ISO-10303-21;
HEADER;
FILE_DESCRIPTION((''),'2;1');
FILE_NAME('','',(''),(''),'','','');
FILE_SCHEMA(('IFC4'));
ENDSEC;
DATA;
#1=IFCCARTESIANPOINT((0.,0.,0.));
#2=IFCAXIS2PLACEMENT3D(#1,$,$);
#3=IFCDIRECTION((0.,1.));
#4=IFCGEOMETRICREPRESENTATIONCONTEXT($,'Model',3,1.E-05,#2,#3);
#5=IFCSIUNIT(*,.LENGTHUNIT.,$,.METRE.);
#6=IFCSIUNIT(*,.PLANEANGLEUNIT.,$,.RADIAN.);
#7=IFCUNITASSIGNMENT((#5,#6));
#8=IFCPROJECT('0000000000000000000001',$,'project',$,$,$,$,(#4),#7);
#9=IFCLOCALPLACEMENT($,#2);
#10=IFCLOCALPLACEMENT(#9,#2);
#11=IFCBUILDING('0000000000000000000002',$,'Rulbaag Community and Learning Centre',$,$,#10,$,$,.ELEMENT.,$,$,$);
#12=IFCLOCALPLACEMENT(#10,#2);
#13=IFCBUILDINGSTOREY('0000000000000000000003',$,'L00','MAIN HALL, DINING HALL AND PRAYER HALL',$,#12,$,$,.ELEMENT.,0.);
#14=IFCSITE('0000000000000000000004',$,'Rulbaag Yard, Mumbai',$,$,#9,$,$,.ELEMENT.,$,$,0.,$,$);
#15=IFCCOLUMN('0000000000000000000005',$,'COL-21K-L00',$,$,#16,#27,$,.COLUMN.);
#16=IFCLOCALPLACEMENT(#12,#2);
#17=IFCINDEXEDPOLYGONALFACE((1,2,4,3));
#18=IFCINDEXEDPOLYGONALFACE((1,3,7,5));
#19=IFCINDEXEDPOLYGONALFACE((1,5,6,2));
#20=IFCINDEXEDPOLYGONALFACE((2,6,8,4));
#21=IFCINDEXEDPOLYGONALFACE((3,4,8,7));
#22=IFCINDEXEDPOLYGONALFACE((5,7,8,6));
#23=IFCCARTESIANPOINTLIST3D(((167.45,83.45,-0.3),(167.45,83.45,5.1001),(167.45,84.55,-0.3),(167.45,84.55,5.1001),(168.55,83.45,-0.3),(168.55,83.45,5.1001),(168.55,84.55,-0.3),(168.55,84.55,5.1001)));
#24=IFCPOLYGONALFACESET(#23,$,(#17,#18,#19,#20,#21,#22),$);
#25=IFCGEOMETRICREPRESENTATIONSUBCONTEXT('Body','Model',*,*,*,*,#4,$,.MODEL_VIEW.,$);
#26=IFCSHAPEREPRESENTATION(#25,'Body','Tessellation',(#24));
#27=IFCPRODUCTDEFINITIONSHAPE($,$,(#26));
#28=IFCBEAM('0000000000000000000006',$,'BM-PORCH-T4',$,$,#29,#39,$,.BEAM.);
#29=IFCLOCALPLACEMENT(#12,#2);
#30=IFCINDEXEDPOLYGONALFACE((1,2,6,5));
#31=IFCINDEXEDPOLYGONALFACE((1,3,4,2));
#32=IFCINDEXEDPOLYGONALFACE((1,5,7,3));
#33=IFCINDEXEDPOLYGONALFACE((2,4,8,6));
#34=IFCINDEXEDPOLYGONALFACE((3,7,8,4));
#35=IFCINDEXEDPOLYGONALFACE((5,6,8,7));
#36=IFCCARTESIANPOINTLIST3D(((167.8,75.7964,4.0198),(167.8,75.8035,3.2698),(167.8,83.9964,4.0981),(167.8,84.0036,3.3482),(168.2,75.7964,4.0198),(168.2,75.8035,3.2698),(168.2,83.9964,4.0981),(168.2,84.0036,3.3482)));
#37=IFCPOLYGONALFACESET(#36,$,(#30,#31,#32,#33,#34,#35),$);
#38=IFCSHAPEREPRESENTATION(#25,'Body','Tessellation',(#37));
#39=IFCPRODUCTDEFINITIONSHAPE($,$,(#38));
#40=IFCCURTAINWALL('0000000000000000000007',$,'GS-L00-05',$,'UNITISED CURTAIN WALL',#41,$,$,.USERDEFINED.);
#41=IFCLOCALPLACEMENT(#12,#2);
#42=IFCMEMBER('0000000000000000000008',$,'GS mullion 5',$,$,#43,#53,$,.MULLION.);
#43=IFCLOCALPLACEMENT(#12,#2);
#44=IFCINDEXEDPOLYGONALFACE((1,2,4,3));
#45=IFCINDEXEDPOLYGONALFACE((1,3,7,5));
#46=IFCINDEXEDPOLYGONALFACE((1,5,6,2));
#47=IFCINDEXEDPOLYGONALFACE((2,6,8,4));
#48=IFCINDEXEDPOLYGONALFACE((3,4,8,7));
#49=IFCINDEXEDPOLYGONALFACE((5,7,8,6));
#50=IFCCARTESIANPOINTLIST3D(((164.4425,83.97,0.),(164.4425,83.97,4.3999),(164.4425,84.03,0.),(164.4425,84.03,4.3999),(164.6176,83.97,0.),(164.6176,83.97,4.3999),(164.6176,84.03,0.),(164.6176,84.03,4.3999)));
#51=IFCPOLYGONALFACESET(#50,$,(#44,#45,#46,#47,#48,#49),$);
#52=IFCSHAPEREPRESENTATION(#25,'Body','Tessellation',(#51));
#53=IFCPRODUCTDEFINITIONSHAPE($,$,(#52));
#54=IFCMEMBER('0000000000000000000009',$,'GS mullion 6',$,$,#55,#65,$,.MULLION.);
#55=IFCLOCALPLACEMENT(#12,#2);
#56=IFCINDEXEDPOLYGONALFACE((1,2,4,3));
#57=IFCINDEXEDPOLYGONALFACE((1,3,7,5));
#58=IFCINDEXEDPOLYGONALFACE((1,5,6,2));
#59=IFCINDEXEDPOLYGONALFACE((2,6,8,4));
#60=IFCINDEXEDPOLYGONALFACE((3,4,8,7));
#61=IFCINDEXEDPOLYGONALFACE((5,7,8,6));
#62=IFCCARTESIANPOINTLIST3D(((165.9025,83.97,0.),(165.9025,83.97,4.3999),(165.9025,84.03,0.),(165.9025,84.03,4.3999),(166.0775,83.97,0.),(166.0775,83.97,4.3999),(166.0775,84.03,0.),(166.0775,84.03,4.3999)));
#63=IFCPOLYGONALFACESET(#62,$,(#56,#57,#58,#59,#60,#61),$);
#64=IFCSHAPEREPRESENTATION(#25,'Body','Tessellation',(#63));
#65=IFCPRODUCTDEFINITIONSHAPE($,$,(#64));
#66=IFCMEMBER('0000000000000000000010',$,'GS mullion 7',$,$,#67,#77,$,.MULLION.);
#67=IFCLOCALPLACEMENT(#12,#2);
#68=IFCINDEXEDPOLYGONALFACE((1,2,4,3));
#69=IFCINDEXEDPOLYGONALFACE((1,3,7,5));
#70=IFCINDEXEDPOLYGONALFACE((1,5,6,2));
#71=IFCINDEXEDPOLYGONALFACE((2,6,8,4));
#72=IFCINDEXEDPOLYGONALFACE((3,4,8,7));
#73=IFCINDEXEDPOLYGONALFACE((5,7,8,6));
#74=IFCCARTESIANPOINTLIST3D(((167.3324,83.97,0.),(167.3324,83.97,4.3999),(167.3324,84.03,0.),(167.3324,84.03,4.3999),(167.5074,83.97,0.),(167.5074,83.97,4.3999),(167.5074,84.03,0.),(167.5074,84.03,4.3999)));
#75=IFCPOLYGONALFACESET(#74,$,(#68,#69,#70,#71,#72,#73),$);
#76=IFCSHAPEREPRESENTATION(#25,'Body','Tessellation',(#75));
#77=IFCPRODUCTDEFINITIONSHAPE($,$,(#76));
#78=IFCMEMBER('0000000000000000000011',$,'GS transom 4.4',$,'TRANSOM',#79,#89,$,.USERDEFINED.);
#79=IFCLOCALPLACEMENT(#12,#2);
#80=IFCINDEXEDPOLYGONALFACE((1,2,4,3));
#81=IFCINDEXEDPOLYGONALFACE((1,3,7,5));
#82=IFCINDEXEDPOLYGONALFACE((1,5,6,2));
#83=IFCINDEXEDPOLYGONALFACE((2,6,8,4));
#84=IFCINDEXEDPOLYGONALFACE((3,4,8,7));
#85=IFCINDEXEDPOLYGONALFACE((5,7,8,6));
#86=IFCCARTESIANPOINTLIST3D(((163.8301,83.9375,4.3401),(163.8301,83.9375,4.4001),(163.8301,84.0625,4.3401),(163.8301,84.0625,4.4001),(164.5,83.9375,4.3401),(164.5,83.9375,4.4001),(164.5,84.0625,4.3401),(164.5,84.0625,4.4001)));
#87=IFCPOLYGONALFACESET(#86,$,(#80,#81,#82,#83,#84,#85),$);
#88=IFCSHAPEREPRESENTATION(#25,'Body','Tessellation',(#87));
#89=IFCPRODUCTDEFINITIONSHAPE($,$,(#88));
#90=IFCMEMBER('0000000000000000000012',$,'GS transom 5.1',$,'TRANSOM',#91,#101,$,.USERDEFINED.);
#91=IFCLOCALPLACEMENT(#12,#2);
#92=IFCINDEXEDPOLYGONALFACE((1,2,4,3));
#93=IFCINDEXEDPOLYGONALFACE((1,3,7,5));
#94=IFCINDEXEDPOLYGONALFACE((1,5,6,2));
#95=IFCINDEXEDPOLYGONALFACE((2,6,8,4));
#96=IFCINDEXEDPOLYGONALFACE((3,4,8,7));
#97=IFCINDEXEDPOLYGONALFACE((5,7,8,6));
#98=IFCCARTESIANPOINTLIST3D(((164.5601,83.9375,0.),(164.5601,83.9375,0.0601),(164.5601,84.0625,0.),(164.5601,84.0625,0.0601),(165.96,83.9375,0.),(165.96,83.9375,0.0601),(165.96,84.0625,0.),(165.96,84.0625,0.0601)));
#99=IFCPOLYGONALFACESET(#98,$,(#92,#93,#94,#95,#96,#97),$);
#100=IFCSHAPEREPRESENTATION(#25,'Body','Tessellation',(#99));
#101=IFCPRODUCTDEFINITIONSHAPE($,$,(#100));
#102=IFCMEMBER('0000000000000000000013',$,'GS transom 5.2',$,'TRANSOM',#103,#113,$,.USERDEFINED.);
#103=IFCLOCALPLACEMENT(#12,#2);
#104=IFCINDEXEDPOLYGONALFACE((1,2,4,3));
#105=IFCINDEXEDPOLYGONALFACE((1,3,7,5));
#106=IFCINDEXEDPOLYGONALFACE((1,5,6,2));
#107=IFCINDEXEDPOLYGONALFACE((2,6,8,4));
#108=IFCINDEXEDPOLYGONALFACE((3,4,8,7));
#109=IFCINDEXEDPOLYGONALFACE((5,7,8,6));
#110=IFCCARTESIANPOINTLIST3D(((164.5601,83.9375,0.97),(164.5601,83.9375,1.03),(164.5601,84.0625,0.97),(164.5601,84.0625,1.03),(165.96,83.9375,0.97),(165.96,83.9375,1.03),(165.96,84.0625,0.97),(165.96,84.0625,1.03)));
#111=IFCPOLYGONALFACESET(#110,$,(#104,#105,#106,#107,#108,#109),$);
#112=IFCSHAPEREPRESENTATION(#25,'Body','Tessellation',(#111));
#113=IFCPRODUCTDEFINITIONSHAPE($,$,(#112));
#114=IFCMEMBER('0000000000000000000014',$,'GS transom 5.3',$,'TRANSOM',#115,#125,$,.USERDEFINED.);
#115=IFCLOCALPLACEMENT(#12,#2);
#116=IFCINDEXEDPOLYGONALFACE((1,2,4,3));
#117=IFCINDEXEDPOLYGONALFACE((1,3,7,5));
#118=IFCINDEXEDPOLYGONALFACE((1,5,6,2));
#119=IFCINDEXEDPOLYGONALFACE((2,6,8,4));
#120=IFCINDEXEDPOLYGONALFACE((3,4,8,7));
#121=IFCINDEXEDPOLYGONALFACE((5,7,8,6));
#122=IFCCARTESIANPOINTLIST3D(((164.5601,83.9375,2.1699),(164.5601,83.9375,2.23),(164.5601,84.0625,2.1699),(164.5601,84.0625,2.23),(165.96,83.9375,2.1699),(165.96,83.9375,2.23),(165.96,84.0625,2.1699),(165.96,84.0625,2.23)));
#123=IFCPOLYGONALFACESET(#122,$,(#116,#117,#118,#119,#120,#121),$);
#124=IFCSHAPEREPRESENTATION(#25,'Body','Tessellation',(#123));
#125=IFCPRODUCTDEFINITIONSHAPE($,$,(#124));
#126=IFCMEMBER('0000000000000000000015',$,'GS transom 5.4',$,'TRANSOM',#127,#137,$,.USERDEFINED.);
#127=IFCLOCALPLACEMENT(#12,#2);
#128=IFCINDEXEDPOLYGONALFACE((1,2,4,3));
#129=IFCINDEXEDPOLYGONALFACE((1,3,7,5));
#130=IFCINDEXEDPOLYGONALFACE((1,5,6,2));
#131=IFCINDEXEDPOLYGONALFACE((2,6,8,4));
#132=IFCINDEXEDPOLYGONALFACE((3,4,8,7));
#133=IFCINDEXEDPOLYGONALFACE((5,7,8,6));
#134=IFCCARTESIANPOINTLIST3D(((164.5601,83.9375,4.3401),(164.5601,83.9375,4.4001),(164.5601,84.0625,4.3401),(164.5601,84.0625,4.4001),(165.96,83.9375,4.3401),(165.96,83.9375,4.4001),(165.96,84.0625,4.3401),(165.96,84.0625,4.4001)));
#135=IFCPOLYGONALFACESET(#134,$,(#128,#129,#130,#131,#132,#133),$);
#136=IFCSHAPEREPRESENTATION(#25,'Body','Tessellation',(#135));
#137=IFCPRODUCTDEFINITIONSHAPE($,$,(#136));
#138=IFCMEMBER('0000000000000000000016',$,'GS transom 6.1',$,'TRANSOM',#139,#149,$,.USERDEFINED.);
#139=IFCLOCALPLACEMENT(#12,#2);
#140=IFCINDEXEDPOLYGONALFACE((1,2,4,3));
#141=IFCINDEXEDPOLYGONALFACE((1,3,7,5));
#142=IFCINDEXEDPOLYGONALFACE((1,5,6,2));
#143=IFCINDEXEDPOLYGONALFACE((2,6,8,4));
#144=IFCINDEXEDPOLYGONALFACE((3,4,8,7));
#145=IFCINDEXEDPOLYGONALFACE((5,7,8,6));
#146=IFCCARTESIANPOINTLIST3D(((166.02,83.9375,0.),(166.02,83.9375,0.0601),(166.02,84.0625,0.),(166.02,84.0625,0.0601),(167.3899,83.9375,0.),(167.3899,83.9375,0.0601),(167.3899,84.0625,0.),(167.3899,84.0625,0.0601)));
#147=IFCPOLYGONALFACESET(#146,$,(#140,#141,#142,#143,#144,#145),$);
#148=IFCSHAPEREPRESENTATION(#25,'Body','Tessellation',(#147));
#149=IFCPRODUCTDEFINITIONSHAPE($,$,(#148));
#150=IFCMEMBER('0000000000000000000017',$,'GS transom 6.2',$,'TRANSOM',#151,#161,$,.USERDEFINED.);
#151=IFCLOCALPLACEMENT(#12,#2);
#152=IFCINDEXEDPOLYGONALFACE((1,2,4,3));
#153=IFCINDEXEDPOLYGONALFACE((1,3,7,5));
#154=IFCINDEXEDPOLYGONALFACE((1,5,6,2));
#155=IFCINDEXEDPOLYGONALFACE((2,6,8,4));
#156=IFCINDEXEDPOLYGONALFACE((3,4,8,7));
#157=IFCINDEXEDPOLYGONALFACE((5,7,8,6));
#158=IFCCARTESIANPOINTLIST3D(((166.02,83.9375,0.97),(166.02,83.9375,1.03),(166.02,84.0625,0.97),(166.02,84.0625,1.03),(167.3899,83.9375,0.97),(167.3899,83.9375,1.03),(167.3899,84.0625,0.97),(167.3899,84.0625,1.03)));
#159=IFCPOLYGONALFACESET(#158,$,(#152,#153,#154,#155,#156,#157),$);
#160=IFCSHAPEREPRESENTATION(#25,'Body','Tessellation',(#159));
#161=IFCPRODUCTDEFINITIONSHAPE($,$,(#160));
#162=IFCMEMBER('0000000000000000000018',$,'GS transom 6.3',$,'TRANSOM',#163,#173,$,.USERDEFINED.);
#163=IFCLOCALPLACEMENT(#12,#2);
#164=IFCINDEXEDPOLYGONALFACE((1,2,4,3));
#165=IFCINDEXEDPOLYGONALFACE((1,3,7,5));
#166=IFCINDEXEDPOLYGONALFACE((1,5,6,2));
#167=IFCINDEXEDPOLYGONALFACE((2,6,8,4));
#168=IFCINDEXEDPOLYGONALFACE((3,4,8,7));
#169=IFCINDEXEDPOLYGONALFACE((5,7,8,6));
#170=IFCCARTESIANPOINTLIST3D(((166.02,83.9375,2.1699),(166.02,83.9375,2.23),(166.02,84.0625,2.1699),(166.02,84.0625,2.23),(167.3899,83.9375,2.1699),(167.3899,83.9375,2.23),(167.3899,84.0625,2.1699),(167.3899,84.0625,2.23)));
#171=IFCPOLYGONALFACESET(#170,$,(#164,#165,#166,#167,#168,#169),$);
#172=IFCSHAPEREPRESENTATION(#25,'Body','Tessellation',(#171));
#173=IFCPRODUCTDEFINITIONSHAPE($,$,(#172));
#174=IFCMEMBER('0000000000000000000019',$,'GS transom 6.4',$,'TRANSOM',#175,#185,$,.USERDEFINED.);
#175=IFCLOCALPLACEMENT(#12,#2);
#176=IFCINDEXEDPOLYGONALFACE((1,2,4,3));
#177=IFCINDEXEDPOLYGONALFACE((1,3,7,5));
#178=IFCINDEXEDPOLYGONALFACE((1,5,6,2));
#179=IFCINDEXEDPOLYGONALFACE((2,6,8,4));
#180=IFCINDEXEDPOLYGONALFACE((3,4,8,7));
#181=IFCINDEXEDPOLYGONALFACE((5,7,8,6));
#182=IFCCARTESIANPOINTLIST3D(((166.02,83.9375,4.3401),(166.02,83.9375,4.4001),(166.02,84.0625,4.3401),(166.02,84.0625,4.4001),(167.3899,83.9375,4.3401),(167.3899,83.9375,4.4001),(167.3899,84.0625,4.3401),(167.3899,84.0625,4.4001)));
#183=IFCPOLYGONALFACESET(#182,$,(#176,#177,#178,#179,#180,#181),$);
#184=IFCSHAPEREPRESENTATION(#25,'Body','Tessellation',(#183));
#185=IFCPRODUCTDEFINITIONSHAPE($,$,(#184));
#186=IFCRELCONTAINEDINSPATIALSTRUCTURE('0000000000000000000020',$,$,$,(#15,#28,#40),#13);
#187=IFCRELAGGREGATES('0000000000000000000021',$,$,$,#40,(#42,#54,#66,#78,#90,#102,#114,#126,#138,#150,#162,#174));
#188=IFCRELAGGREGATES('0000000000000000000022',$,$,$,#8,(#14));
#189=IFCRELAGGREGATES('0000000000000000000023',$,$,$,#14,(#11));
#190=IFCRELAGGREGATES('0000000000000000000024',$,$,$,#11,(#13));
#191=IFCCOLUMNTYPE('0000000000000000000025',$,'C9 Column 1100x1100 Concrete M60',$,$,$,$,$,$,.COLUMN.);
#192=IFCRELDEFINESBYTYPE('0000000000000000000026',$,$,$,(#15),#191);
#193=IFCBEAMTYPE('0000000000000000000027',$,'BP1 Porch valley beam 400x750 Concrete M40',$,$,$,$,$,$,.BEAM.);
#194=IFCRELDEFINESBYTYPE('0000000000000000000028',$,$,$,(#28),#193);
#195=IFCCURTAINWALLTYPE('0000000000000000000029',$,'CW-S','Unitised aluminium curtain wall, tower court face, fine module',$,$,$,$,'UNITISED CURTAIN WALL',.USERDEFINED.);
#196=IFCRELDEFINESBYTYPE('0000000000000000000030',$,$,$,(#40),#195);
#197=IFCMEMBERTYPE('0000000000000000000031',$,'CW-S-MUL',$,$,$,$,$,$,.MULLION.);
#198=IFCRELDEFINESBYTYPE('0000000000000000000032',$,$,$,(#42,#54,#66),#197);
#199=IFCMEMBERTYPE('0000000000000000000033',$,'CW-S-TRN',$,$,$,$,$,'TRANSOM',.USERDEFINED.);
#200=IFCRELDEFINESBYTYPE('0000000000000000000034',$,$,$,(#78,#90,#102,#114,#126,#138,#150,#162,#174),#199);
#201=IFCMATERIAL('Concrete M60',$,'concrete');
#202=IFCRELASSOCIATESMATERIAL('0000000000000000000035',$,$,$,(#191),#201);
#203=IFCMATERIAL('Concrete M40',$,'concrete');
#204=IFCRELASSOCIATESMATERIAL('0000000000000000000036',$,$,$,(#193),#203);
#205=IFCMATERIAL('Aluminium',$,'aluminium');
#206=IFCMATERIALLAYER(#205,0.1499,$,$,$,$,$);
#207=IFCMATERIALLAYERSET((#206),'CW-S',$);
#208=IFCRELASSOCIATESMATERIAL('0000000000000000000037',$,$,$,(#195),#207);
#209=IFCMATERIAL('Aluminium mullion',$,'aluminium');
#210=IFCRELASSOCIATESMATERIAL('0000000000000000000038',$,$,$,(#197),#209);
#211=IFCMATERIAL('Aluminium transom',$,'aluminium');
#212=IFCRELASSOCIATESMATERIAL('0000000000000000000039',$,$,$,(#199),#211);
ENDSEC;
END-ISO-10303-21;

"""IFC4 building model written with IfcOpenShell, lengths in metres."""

from ifc_helpers import new_model, si_unit, direction, frame, origin, origin_2d, place, context, subcontext, project, spatial, rectangle, extrude, material, layer, layer_set, material_profile, profile_set, type_object, element, aggregate, save


model = new_model("IFC4")

# Units and contexts
model_context = context("Model", 3, precision=1e-05, world=origin(), true_north=direction((0.0, 1.0)))
body_context = subcontext(model_context, "Body", "Model", "MODEL_VIEW")
ifc_project = project(units=[si_unit("LENGTHUNIT", "METRE"), si_unit("PLANEANGLEUNIT", "RADIAN")], contexts=[model_context])

# Site, building, storey
site_placement = place(None, origin())
site = spatial("IfcSite", under=ifc_project, at=site_placement, Name="Rulbaag Yard, Mumbai", CompositionType="ELEMENT", RefElevation=0.0)
building_placement = place(site_placement, origin())
building = spatial("IfcBuilding", under=site, at=building_placement, Name="Rulbaag Community and Learning Centre", CompositionType="ELEMENT")
storey_placement = place(building_placement, origin())
storey = spatial("IfcBuildingStorey", under=building, at=storey_placement, Name="L00", Description="MAIN HALL, DINING HALL AND PRAYER HALL", CompositionType="ELEMENT", Elevation=0.0)

# Column
ifc_material_1 = material(Name="Concrete M60", Category="concrete")
ifc_material_profile_1 = material_profile(ifc_material_1, rectangle(XDim=1.1001, YDim=1.1001, at=origin_2d()), Name="RC1100x1100")
ifc_profile_set_1 = profile_set([ifc_material_profile_1], Name="Concrete M60")
column_type = type_object("IfcColumnType", Name="C9 Column 1100x1100 Concrete M60", PredefinedType="COLUMN", material=ifc_profile_set_1)
column_placement = place(storey_placement, frame((168.0, 84.0, -0.3), z_axis=(0.0, 0.0, 1.0), x_axis=(1.0, 0.0, 0.0)))
element("IfcColumn", 1, at=column_placement, inside=storey, type_object=column_type, Name="COL-21K-L00", PredefinedType="COLUMN", context=body_context, shape_type="SweptSolid", body=[
    extrude(rectangle(XDim=1.1001, YDim=1.1001, at=origin_2d()), origin(), (0.0, 0.0, 1.0), 5.4001),
])

# Beam
ifc_material_2 = material(Name="Concrete M40", Category="concrete")
ifc_material_profile_2 = material_profile(ifc_material_2, rectangle(XDim=0.3999, YDim=0.75, at=origin_2d()), Name="RB400x750")
ifc_profile_set_2 = profile_set([ifc_material_profile_2], Name="Concrete M40")
beam_type = type_object("IfcBeamType", Name="BP1 Porch valley beam 400x750 Concrete M40", PredefinedType="BEAM", material=ifc_profile_set_2)
beam_placement = place(storey_placement, frame((168.0, 84.0, 3.7231), z_axis=(0.0, -0.999954, -0.009557), x_axis=(1.0, 0.0, 0.0)))
element("IfcBeam", 2, at=beam_placement, inside=storey, type_object=beam_type, Name="BM-PORCH-T4", PredefinedType="BEAM", context=body_context, shape_type="SweptSolid", body=[
    extrude(rectangle(XDim=0.3999, YDim=0.75, at=origin_2d()), origin(), (0.0, 0.0, 1.0), 8.2004),
])

# Curtain wall, members
ifc_material_3 = material(Name="Aluminium", Category="aluminium")
ifc_layer_1 = layer(ifc_material_3, 0.1499)
ifc_layer_set_1 = layer_set([ifc_layer_1], Name="CW-S")
curtain_wall_type_1 = type_object("IfcCurtainWallType", Name="CW-S", Description="Unitised aluminium curtain wall, tower court face, fine module", ElementType="UNITISED CURTAIN WALL", PredefinedType="USERDEFINED", material=ifc_layer_set_1)
curtain_wall_1_placement = place(storey_placement, origin())
curtain_wall_1 = element("IfcCurtainWall", 3, at=curtain_wall_1_placement, inside=storey, type_object=curtain_wall_type_1, Name="GS-L00-05", ObjectType="UNITISED CURTAIN WALL", PredefinedType="USERDEFINED")
ifc_material_4 = material(Name="Aluminium mullion", Category="aluminium")
ifc_material_profile_3 = material_profile(ifc_material_4, rectangle(XDim=0.0601, YDim=0.175, at=origin_2d()), Name="AL 60x175")
ifc_profile_set_3 = profile_set([ifc_material_profile_3], Name="Aluminium mullion")
member_type_1 = type_object("IfcMemberType", Name="CW-S-MUL", PredefinedType="MULLION", material=ifc_profile_set_3)
member_1_placement = place(storey_placement, frame((164.53, 84.0, 0.0), z_axis=(0.0, 0.0, 1.0), x_axis=(0.0, 1.0, 0.0)))
member_1 = element("IfcMember", 4, at=member_1_placement, type_object=member_type_1, Name="GS mullion 5", PredefinedType="MULLION", context=body_context, shape_type="SweptSolid", body=[
    extrude(rectangle(XDim=0.0601, YDim=0.175, at=origin_2d()), origin(), (0.0, 0.0, 1.0), 4.3999),
])
member_2_placement = place(storey_placement, frame((165.99, 84.0, 0.0), z_axis=(0.0, 0.0, 1.0), x_axis=(0.0, 1.0, 0.0)))
member_2 = element("IfcMember", 5, at=member_2_placement, type_object=member_type_1, Name="GS mullion 6", PredefinedType="MULLION", context=body_context, shape_type="SweptSolid", body=[
    extrude(rectangle(XDim=0.0601, YDim=0.175, at=origin_2d()), origin(), (0.0, 0.0, 1.0), 4.3999),
])
member_3_placement = place(storey_placement, frame((167.4199, 84.0, 0.0), z_axis=(0.0, 0.0, 1.0), x_axis=(0.0, 1.0, 0.0)))
member_3 = element("IfcMember", 6, at=member_3_placement, type_object=member_type_1, Name="GS mullion 7", PredefinedType="MULLION", context=body_context, shape_type="SweptSolid", body=[
    extrude(rectangle(XDim=0.0601, YDim=0.175, at=origin_2d()), origin(), (0.0, 0.0, 1.0), 4.3999),
])
ifc_material_5 = material(Name="Aluminium transom", Category="aluminium")
ifc_material_profile_4 = material_profile(ifc_material_5, rectangle(XDim=0.125, YDim=0.0601, at=origin_2d()), Name="AL 60x125 T")
ifc_profile_set_4 = profile_set([ifc_material_profile_4], Name="Aluminium transom")
member_type_2 = type_object("IfcMemberType", Name="CW-S-TRN", ElementType="TRANSOM", PredefinedType="USERDEFINED", material=ifc_profile_set_4)
member_4_placement = place(storey_placement, frame((163.8301, 84.0, 4.3701), z_axis=(1.0, 0.0, 0.0), x_axis=(0.0, 1.0, 0.0)))
member_4 = element("IfcMember", 7, at=member_4_placement, type_object=member_type_2, Name="GS transom 4.4", ObjectType="TRANSOM", PredefinedType="USERDEFINED", context=body_context, shape_type="SweptSolid", body=[
    extrude(rectangle(XDim=0.125, YDim=0.0601, at=origin_2d()), origin(), (0.0, 0.0, 1.0), 0.6699),
])
member_5_placement = place(storey_placement, frame((164.5601, 84.0, 0.03), z_axis=(1.0, 0.0, 0.0), x_axis=(0.0, 1.0, 0.0)))
member_5 = element("IfcMember", 8, at=member_5_placement, type_object=member_type_2, Name="GS transom 5.1", ObjectType="TRANSOM", PredefinedType="USERDEFINED", context=body_context, shape_type="SweptSolid", body=[
    extrude(rectangle(XDim=0.125, YDim=0.0601, at=origin_2d()), origin(), (0.0, 0.0, 1.0), 1.3999),
])
member_6_placement = place(storey_placement, frame((164.5601, 84.0, 1.0), z_axis=(1.0, 0.0, 0.0), x_axis=(0.0, 1.0, 0.0)))
member_6 = element("IfcMember", 9, at=member_6_placement, type_object=member_type_2, Name="GS transom 5.2", ObjectType="TRANSOM", PredefinedType="USERDEFINED", context=body_context, shape_type="SweptSolid", body=[
    extrude(rectangle(XDim=0.125, YDim=0.0601, at=origin_2d()), origin(), (0.0, 0.0, 1.0), 1.3999),
])
member_7_placement = place(storey_placement, frame((164.5601, 84.0, 2.2), z_axis=(1.0, 0.0, 0.0), x_axis=(0.0, 1.0, 0.0)))
member_7 = element("IfcMember", 10, at=member_7_placement, type_object=member_type_2, Name="GS transom 5.3", ObjectType="TRANSOM", PredefinedType="USERDEFINED", context=body_context, shape_type="SweptSolid", body=[
    extrude(rectangle(XDim=0.125, YDim=0.0601, at=origin_2d()), origin(), (0.0, 0.0, 1.0), 1.3999),
])
member_8_placement = place(storey_placement, frame((164.5601, 84.0, 4.3701), z_axis=(1.0, 0.0, 0.0), x_axis=(0.0, 1.0, 0.0)))
member_8 = element("IfcMember", 11, at=member_8_placement, type_object=member_type_2, Name="GS transom 5.4", ObjectType="TRANSOM", PredefinedType="USERDEFINED", context=body_context, shape_type="SweptSolid", body=[
    extrude(rectangle(XDim=0.125, YDim=0.0601, at=origin_2d()), origin(), (0.0, 0.0, 1.0), 1.3999),
])
member_9_placement = place(storey_placement, frame((166.02, 84.0, 0.03), z_axis=(1.0, 0.0, 0.0), x_axis=(0.0, 1.0, 0.0)))
member_9 = element("IfcMember", 12, at=member_9_placement, type_object=member_type_2, Name="GS transom 6.1", ObjectType="TRANSOM", PredefinedType="USERDEFINED", context=body_context, shape_type="SweptSolid", body=[
    extrude(rectangle(XDim=0.125, YDim=0.0601, at=origin_2d()), origin(), (0.0, 0.0, 1.0), 1.3699),
])
member_10_placement = place(storey_placement, frame((166.02, 84.0, 1.0), z_axis=(1.0, 0.0, 0.0), x_axis=(0.0, 1.0, 0.0)))
member_10 = element("IfcMember", 13, at=member_10_placement, type_object=member_type_2, Name="GS transom 6.2", ObjectType="TRANSOM", PredefinedType="USERDEFINED", context=body_context, shape_type="SweptSolid", body=[
    extrude(rectangle(XDim=0.125, YDim=0.0601, at=origin_2d()), origin(), (0.0, 0.0, 1.0), 1.3699),
])
member_11_placement = place(storey_placement, frame((166.02, 84.0, 2.2), z_axis=(1.0, 0.0, 0.0), x_axis=(0.0, 1.0, 0.0)))
member_11 = element("IfcMember", 14, at=member_11_placement, type_object=member_type_2, Name="GS transom 6.3", ObjectType="TRANSOM", PredefinedType="USERDEFINED", context=body_context, shape_type="SweptSolid", body=[
    extrude(rectangle(XDim=0.125, YDim=0.0601, at=origin_2d()), origin(), (0.0, 0.0, 1.0), 1.3699),
])
member_12_placement = place(storey_placement, frame((166.02, 84.0, 4.3701), z_axis=(1.0, 0.0, 0.0), x_axis=(0.0, 1.0, 0.0)))
member_12 = element("IfcMember", 15, at=member_12_placement, type_object=member_type_2, Name="GS transom 6.4", ObjectType="TRANSOM", PredefinedType="USERDEFINED", context=body_context, shape_type="SweptSolid", body=[
    extrude(rectangle(XDim=0.125, YDim=0.0601, at=origin_2d()), origin(), (0.0, 0.0, 1.0), 1.3699),
])

aggregate(curtain_wall_1, [member_1, member_2, member_3, member_4, member_5, member_6, member_7, member_8, member_9, member_10, member_11, member_12])

save(model, "model.ifc")
